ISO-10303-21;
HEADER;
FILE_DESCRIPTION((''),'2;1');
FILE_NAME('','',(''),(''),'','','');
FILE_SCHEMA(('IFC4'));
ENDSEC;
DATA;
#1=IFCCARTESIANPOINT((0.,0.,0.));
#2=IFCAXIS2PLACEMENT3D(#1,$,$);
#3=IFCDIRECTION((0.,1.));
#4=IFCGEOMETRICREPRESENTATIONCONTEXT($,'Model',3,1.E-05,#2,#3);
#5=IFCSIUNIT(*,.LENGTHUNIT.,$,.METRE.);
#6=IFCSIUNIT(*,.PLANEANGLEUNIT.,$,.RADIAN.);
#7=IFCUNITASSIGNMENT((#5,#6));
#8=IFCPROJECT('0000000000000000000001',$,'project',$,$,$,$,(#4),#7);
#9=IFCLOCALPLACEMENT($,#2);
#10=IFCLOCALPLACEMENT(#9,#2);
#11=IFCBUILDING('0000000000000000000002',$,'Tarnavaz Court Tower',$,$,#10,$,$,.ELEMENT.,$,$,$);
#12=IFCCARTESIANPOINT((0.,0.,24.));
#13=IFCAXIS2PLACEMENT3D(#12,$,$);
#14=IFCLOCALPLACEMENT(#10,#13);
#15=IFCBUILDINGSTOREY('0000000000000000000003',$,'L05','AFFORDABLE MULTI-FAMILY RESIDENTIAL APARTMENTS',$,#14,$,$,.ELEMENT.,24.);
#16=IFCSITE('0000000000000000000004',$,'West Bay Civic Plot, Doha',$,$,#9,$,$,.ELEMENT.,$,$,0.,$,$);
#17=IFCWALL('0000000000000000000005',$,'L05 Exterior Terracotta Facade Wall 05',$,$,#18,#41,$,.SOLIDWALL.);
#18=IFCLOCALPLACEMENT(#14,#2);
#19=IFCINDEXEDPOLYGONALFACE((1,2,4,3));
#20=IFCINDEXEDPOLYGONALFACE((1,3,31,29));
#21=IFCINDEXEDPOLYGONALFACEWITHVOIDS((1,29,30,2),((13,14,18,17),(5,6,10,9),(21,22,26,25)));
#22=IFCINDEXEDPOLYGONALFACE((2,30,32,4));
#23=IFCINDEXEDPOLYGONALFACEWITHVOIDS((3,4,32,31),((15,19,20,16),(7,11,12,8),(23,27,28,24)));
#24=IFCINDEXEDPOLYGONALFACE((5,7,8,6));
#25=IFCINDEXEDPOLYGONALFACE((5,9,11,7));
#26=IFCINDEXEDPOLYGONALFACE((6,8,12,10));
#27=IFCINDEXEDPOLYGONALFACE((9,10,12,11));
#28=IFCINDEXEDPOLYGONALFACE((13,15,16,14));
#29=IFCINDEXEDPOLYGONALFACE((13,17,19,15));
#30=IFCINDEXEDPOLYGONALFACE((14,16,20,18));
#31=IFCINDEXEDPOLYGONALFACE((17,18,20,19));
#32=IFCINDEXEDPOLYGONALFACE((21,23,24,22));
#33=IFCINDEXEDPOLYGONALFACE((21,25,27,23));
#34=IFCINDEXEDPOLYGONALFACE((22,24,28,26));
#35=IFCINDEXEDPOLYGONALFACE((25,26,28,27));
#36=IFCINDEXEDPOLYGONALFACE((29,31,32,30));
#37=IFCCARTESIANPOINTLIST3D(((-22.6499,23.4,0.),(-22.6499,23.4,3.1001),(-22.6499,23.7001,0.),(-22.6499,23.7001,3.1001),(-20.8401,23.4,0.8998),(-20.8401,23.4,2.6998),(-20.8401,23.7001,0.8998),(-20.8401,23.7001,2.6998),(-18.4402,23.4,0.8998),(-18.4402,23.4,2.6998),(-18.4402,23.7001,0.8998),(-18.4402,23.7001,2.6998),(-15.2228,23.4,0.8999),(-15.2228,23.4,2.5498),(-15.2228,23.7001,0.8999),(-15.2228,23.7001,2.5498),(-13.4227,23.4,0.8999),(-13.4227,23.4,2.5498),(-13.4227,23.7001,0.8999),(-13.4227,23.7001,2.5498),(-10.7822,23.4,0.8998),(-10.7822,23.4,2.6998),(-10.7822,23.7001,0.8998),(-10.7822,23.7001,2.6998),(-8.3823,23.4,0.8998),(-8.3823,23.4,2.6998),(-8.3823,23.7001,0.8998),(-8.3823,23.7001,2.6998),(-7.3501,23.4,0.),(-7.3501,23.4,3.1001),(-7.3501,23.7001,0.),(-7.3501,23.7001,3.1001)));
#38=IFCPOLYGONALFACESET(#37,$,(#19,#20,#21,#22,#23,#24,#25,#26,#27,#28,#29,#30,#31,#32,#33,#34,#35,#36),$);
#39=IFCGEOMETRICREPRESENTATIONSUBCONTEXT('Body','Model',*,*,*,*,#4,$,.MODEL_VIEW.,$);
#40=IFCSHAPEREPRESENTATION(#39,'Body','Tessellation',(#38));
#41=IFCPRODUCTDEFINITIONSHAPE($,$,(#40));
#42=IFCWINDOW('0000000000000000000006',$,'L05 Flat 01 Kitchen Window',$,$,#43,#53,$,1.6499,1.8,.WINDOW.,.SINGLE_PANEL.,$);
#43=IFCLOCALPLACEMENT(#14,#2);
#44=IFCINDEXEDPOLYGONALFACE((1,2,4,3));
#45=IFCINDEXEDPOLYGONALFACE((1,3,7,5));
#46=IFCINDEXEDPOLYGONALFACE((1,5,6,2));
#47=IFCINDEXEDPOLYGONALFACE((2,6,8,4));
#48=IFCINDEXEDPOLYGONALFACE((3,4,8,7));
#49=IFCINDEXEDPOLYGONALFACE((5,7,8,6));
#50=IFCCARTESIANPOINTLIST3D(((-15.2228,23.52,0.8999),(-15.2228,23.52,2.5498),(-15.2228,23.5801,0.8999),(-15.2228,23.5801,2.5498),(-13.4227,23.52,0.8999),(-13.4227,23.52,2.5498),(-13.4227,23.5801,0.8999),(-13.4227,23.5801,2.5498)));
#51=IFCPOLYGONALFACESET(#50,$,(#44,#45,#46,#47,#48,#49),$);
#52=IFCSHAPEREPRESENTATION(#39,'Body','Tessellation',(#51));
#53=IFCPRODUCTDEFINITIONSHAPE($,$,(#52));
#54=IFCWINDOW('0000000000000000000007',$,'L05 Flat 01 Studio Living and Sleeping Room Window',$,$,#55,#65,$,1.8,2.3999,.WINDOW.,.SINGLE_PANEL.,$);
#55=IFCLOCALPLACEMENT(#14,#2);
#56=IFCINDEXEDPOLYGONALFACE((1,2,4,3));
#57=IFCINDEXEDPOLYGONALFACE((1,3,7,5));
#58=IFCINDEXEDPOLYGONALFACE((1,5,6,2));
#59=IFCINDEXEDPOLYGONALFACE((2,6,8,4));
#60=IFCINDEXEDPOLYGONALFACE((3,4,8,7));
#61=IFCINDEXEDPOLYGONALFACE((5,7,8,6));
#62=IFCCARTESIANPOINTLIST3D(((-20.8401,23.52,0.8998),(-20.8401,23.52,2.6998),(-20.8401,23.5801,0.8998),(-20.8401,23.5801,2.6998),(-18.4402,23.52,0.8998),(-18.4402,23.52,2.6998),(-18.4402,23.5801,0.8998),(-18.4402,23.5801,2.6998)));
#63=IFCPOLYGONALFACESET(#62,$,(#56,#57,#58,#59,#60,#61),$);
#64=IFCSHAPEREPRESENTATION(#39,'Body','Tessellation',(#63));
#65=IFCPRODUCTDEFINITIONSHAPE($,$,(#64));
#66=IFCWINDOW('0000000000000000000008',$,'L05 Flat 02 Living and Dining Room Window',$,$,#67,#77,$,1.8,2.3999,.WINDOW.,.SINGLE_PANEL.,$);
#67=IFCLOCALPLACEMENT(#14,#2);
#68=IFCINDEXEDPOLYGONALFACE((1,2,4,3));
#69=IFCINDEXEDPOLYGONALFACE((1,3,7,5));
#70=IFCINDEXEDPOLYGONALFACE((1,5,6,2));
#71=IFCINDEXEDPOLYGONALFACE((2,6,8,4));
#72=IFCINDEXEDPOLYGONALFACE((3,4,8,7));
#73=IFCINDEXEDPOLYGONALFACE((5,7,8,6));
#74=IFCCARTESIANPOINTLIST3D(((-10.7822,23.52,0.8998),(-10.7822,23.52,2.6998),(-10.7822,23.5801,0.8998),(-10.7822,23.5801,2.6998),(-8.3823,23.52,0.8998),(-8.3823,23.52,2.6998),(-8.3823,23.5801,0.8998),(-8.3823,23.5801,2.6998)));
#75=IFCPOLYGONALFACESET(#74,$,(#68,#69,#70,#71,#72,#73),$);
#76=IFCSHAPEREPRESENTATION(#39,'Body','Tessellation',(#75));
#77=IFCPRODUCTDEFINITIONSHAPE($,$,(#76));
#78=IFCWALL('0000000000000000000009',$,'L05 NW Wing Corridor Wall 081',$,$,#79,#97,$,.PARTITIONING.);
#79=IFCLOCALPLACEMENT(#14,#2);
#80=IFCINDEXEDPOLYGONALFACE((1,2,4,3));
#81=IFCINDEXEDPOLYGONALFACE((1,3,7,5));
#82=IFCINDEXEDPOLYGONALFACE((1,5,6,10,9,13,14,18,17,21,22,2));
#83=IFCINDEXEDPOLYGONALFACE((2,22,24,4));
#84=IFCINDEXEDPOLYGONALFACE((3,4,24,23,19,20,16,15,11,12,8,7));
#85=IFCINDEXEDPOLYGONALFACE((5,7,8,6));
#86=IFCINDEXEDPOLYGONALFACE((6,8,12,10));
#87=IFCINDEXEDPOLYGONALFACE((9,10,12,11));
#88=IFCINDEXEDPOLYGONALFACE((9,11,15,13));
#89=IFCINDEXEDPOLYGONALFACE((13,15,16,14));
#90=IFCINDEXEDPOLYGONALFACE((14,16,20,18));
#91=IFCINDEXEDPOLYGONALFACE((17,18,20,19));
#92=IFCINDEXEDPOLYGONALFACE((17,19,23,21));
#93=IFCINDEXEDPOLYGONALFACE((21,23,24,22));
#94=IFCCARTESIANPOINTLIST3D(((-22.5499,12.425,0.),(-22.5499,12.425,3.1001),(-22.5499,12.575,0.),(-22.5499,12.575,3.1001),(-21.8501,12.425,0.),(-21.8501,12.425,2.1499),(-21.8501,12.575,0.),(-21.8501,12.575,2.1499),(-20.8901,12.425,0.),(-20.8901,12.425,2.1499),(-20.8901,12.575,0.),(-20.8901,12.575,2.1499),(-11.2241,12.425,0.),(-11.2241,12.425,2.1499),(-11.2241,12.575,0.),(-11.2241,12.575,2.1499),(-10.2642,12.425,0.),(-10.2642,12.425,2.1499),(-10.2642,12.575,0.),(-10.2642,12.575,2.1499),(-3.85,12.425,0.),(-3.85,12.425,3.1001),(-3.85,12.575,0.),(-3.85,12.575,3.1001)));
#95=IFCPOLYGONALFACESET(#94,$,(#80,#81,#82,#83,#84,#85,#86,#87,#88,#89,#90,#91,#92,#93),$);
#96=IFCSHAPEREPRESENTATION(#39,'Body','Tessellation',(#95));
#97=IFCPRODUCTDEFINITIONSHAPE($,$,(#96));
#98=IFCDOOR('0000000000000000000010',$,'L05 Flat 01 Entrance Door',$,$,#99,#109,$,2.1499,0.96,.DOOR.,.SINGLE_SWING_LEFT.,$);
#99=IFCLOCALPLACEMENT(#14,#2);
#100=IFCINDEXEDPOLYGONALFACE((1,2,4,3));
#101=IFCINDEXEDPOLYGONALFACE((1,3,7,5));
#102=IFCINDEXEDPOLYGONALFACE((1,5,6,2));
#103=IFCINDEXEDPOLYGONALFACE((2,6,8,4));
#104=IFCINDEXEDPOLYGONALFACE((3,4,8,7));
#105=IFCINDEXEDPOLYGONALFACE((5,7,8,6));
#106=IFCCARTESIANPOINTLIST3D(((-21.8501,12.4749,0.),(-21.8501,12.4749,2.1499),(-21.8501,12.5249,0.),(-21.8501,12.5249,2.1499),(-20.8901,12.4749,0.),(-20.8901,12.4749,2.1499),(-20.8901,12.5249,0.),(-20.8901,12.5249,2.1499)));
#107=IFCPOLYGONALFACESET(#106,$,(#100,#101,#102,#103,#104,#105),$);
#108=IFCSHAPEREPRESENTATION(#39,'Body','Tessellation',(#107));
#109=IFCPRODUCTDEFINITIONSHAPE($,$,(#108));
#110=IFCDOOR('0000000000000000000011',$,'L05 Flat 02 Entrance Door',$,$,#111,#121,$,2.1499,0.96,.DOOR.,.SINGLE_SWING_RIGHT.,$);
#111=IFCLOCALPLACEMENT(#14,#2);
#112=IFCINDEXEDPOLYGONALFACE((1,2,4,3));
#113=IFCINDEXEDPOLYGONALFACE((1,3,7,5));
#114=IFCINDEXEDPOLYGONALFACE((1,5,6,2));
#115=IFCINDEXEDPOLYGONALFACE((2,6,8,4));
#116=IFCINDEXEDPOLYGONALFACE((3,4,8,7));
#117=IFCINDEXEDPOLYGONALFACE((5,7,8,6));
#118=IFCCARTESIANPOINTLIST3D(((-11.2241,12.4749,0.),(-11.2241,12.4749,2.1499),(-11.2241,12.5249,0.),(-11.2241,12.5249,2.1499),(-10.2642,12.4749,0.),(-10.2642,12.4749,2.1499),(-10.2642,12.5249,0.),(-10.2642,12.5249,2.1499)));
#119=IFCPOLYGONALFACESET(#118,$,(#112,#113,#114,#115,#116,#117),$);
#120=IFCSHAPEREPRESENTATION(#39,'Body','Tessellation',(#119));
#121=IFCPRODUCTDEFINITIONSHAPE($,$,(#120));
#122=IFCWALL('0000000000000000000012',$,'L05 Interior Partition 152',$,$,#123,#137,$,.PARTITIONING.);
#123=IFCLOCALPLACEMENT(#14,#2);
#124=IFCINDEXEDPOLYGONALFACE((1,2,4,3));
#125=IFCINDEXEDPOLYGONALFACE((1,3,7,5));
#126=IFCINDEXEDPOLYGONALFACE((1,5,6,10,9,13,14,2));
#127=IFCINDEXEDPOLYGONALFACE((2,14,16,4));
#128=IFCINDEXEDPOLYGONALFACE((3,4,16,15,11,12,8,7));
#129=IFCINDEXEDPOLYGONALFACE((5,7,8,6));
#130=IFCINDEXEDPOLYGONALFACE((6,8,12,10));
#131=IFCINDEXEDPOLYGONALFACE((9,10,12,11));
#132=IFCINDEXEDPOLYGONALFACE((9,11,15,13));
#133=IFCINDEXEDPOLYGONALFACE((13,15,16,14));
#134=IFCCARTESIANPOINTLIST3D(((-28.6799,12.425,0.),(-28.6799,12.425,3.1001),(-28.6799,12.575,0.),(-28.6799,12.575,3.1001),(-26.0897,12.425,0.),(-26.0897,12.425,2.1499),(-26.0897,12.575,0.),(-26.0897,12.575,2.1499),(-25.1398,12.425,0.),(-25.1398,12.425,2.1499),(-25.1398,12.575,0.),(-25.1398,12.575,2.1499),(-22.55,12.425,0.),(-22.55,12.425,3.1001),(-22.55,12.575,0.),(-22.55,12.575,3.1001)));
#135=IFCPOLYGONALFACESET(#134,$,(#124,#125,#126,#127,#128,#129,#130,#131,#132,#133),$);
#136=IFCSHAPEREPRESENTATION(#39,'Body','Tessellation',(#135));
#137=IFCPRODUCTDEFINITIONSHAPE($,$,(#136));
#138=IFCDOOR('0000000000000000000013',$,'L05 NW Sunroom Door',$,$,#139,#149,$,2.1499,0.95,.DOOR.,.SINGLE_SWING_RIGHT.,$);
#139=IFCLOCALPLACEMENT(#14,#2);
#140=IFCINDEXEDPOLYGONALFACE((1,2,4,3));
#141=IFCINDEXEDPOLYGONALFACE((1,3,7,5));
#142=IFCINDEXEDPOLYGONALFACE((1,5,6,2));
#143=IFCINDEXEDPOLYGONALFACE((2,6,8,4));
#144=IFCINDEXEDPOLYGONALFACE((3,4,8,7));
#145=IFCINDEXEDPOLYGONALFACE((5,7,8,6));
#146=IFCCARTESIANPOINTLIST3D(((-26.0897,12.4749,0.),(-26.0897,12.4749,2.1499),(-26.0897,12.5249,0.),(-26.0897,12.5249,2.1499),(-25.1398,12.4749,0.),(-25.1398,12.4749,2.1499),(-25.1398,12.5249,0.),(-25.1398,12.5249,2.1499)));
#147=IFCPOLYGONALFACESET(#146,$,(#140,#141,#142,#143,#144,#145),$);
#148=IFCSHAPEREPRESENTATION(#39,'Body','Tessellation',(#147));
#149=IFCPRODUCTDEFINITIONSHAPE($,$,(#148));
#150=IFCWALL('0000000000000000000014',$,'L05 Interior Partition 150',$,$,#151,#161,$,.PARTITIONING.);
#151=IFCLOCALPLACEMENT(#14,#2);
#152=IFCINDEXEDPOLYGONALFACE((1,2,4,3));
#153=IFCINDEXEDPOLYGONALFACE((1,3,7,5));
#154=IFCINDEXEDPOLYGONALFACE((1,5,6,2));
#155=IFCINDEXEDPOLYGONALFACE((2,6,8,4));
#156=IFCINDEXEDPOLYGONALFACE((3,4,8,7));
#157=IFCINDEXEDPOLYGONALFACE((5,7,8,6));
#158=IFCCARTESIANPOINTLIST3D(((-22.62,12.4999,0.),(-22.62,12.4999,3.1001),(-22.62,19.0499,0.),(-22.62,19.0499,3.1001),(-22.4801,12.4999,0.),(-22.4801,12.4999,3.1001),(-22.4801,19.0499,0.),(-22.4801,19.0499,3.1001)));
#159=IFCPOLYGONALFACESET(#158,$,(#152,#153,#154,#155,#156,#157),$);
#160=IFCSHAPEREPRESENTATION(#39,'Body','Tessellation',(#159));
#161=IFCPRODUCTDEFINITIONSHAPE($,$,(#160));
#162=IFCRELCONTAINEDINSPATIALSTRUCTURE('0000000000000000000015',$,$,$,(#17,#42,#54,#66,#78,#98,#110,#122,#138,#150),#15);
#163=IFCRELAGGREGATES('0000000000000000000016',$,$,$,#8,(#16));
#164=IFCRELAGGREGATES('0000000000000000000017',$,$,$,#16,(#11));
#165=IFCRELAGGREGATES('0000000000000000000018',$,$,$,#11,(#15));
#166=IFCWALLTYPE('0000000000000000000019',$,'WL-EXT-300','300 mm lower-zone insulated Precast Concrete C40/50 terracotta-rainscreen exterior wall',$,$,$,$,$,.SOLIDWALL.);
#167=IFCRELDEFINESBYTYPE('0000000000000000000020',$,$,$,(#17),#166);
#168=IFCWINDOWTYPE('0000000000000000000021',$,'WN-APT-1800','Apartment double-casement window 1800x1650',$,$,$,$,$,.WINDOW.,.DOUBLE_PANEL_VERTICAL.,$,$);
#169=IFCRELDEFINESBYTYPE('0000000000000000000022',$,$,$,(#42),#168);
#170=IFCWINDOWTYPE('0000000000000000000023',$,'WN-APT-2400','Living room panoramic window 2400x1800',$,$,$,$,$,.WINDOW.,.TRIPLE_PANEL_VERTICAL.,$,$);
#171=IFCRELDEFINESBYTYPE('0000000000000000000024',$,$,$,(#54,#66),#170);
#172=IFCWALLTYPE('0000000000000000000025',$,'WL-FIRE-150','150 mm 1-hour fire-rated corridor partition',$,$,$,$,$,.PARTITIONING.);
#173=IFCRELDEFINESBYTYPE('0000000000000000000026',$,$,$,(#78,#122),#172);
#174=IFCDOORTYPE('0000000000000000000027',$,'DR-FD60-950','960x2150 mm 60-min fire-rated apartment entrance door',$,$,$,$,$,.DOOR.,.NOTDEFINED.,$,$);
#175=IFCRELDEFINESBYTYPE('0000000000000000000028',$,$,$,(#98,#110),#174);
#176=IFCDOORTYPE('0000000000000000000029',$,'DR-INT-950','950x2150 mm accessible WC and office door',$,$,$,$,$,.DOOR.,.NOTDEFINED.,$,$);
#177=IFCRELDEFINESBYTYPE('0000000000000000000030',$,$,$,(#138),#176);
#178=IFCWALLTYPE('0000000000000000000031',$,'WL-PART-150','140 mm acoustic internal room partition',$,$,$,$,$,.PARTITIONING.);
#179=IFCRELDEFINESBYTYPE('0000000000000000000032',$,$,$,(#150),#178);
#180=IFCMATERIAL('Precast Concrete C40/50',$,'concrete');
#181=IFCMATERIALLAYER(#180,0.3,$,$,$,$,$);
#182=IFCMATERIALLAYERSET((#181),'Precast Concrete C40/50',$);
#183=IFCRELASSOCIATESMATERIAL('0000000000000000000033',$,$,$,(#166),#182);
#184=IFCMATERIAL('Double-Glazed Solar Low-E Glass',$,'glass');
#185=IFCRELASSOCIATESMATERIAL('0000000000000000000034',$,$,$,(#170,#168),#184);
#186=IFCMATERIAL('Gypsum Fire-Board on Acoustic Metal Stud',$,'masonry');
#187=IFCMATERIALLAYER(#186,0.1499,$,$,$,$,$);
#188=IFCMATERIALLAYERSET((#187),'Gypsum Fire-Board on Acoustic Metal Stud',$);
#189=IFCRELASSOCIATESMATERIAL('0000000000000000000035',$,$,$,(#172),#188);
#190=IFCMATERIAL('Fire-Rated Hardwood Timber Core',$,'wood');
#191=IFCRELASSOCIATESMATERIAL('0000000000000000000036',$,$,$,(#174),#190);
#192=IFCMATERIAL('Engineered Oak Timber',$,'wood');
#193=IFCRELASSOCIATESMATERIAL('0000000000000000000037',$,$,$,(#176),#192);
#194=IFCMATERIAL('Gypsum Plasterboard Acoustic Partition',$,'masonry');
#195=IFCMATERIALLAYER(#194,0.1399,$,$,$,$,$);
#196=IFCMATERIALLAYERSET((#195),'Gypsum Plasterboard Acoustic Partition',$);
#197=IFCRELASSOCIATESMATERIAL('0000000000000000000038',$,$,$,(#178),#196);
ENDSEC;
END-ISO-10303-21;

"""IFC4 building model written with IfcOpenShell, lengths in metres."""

from ifc_helpers import new_model, si_unit, direction, frame, frame_2d, origin, place, context, subcontext, project, spatial, rectangle, extrude, material, layer, layer_set, type_object, element, fill, save


model = new_model("IFC4")

# Units and contexts
model_context = context("Model", 3, precision=1e-05, world=origin(), true_north=direction((0.0, 1.0)))
body_context = subcontext(model_context, "Body", "Model", "MODEL_VIEW")
ifc_project = project(units=[si_unit("LENGTHUNIT", "METRE"), si_unit("PLANEANGLEUNIT", "RADIAN")], contexts=[model_context])

# Site, building, storey
site_placement = place(None, origin())
site = spatial("IfcSite", under=ifc_project, at=site_placement, Name="West Bay Civic Plot, Doha", CompositionType="ELEMENT", RefElevation=0.0)
building_placement = place(site_placement, origin())
building = spatial("IfcBuilding", under=site, at=building_placement, Name="Tarnavaz Court Tower", CompositionType="ELEMENT")
storey_placement = place(building_placement, frame((0.0, 0.0, 24.0)))
storey = spatial("IfcBuildingStorey", under=building, at=storey_placement, Name="L05", Description="AFFORDABLE MULTI-FAMILY RESIDENTIAL APARTMENTS", CompositionType="ELEMENT", Elevation=24.0)

# Shared definitions
ifc_material_1 = material(Name="Precast Concrete C40/50", Category="concrete")
ifc_layer_1 = layer(ifc_material_1, 0.3)
ifc_layer_set_1 = layer_set([ifc_layer_1], Name="Precast Concrete C40/50")
wall_type_1 = type_object("IfcWallType", Name="WL-EXT-300", Description="300 mm lower-zone insulated Precast Concrete C40/50 terracotta-rainscreen exterior wall", PredefinedType="SOLIDWALL", material=ifc_layer_set_1)
ifc_material_2 = material(Name="Double-Glazed Solar Low-E Glass", Category="glass")
window_type_1 = type_object("IfcWindowType", Name="WN-APT-2400", Description="Living room panoramic window 2400x1800", PartitioningType="TRIPLE_PANEL_VERTICAL", PredefinedType="WINDOW", material=ifc_material_2)

# Wall, openings, windows
wall_1_placement = place(storey_placement, frame((-22.6499, 23.55, 0.0), z_axis=(0.0, 0.0, 1.0), x_axis=(1.0, 0.0, 0.0)))
wall_1 = element("IfcWall", 1, at=wall_1_placement, inside=storey, type_object=wall_type_1, Name="L05 Exterior Terracotta Facade Wall 05", PredefinedType="SOLIDWALL", context=body_context, shape_type="SweptSolid", body=[
    extrude(rectangle(XDim=15.2998, YDim=0.3, at=frame_2d((7.6499, 0.0))), origin(), (0.0, 0.0, 1.0), 3.1001),
])
opening_1_placement = place(wall_1_placement, frame((1.8098, 0.0, 0.8999)))
opening_1 = element("IfcOpeningElement", 2, at=opening_1_placement, cuts=wall_1, PredefinedType="OPENING", context=body_context, shape_type="SweptSolid", body=[
    extrude(rectangle(XDim=2.3999, YDim=1.8, at=frame_2d((1.2, 0.8999))), frame((0.0, 0.1599, 0.0), z_axis=(0.0, -1.0, 0.0), x_axis=(1.0, 0.0, 0.0)), (0.0, 0.0, 1.0), 0.3201),
])
opening_2_placement = place(wall_1_placement, frame((7.4272, 0.0, 0.8999)))
opening_2 = element("IfcOpeningElement", 3, at=opening_2_placement, cuts=wall_1, PredefinedType="OPENING", context=body_context, shape_type="SweptSolid", body=[
    extrude(rectangle(XDim=1.8, YDim=1.6499, at=frame_2d((0.8999, 0.825))), frame((0.0, 0.1599, 0.0), z_axis=(0.0, -1.0, 0.0), x_axis=(1.0, 0.0, 0.0)), (0.0, 0.0, 1.0), 0.3201),
])
opening_3_placement = place(wall_1_placement, frame((11.8677, 0.0, 0.8999)))
opening_3 = element("IfcOpeningElement", 4, at=opening_3_placement, cuts=wall_1, PredefinedType="OPENING", context=body_context, shape_type="SweptSolid", body=[
    extrude(rectangle(XDim=2.3999, YDim=1.8, at=frame_2d((1.2, 0.8999))), frame((0.0, 0.1599, 0.0), z_axis=(0.0, -1.0, 0.0), x_axis=(1.0, 0.0, 0.0)), (0.0, 0.0, 1.0), 0.3201),
])
window_type_2 = type_object("IfcWindowType", Name="WN-APT-1800", Description="Apartment double-casement window 1800x1650", PartitioningType="DOUBLE_PANEL_VERTICAL", PredefinedType="WINDOW", material=ifc_material_2)
window_1_placement = place(opening_2_placement, origin())
window_1 = element("IfcWindow", 5, at=window_1_placement, inside=storey, type_object=window_type_2, Name="L05 Flat 01 Kitchen Window", OverallHeight=1.6499, OverallWidth=1.8, PartitioningType="SINGLE_PANEL", PredefinedType="WINDOW", context=body_context, shape_type="SweptSolid", body=[
    extrude(rectangle(XDim=1.8, YDim=1.6499, at=frame_2d((0.8999, 0.825))), frame((0.0, 0.03, 0.0), z_axis=(0.0, -1.0, 0.0), x_axis=(1.0, 0.0, 0.0)), (0.0, 0.0, 1.0), 0.0601),
])
fill(opening_2, window_1)
window_2_placement = place(opening_1_placement, origin())
window_2 = element("IfcWindow", 6, at=window_2_placement, inside=storey, type_object=window_type_1, Name="L05 Flat 01 Studio Living and Sleeping Room Window", OverallHeight=1.8, OverallWidth=2.3999, PartitioningType="SINGLE_PANEL", PredefinedType="WINDOW", context=body_context, shape_type="SweptSolid", body=[
    extrude(rectangle(XDim=2.3999, YDim=1.8, at=frame_2d((1.2, 0.8999))), frame((0.0, 0.03, 0.0), z_axis=(0.0, -1.0, 0.0), x_axis=(1.0, 0.0, 0.0)), (0.0, 0.0, 1.0), 0.0601),
])
fill(opening_1, window_2)
window_3_placement = place(opening_3_placement, origin())
window_3 = element("IfcWindow", 7, at=window_3_placement, inside=storey, type_object=window_type_1, Name="L05 Flat 02 Living and Dining Room Window", OverallHeight=1.8, OverallWidth=2.3999, PartitioningType="SINGLE_PANEL", PredefinedType="WINDOW", context=body_context, shape_type="SweptSolid", body=[
    extrude(rectangle(XDim=2.3999, YDim=1.8, at=frame_2d((1.2, 0.8999))), frame((0.0, 0.03, 0.0), z_axis=(0.0, -1.0, 0.0), x_axis=(1.0, 0.0, 0.0)), (0.0, 0.0, 1.0), 0.0601),
])
fill(opening_3, window_3)

# Wall, openings, doors
ifc_material_3 = material(Name="Gypsum Fire-Board on Acoustic Metal Stud", Category="masonry")
ifc_layer_2 = layer(ifc_material_3, 0.1499)
ifc_layer_set_2 = layer_set([ifc_layer_2], Name="Gypsum Fire-Board on Acoustic Metal Stud")
wall_type_2 = type_object("IfcWallType", Name="WL-FIRE-150", Description="150 mm 1-hour fire-rated corridor partition", PredefinedType="PARTITIONING", material=ifc_layer_set_2)
wall_2_placement = place(storey_placement, frame((-22.55, 12.5, 0.0), z_axis=(0.0, 0.0, 1.0), x_axis=(1.0, 0.0, 0.0)))
wall_2 = element("IfcWall", 8, at=wall_2_placement, inside=storey, type_object=wall_type_2, Name="L05 NW Wing Corridor Wall 081", PredefinedType="PARTITIONING", context=body_context, shape_type="SweptSolid", body=[
    extrude(rectangle(XDim=18.7, YDim=0.1499, at=frame_2d((9.3501, 0.0))), origin(), (0.0, 0.0, 1.0), 3.1001),
])
opening_4_placement = place(wall_2_placement, frame((0.7, 0.0, 0.0)))
opening_4 = element("IfcOpeningElement", 9, at=opening_4_placement, cuts=wall_2, PredefinedType="OPENING", context=body_context, shape_type="SweptSolid", body=[
    extrude(rectangle(XDim=0.96, YDim=2.1499, at=frame_2d((0.48, 1.075))), frame((0.0, 0.085, 0.0), z_axis=(0.0, -1.0, 0.0), x_axis=(1.0, 0.0, 0.0)), (0.0, 0.0, 1.0), 0.1699),
])
opening_5_placement = place(wall_2_placement, frame((11.3259, 0.0, 0.0)))
opening_5 = element("IfcOpeningElement", 10, at=opening_5_placement, cuts=wall_2, PredefinedType="OPENING", context=body_context, shape_type="SweptSolid", body=[
    extrude(rectangle(XDim=0.96, YDim=2.1499, at=frame_2d((0.48, 1.075))), frame((0.0, 0.085, 0.0), z_axis=(0.0, -1.0, 0.0), x_axis=(1.0, 0.0, 0.0)), (0.0, 0.0, 1.0), 0.1699),
])
ifc_material_4 = material(Name="Fire-Rated Hardwood Timber Core", Category="wood")
door_type_1 = type_object("IfcDoorType", Name="DR-FD60-950", Description="960x2150 mm 60-min fire-rated apartment entrance door", OperationType="NOTDEFINED", PredefinedType="DOOR", material=ifc_material_4)
door_1_placement = place(opening_4_placement, origin())
door_1 = element("IfcDoor", 11, at=door_1_placement, inside=storey, type_object=door_type_1, Name="L05 Flat 01 Entrance Door", OperationType="SINGLE_SWING_LEFT", OverallHeight=2.1499, OverallWidth=0.96, PredefinedType="DOOR", context=body_context, shape_type="SweptSolid", body=[
    extrude(rectangle(XDim=0.96, YDim=2.1499, at=frame_2d((0.48, 1.075))), frame((0.0, 0.0249, 0.0), z_axis=(0.0, -1.0, 0.0), x_axis=(1.0, 0.0, 0.0)), (0.0, 0.0, 1.0), 0.05),
])
fill(opening_4, door_1)
door_2_placement = place(opening_5_placement, origin())
door_2 = element("IfcDoor", 12, at=door_2_placement, inside=storey, type_object=door_type_1, Name="L05 Flat 02 Entrance Door", OperationType="SINGLE_SWING_RIGHT", OverallHeight=2.1499, OverallWidth=0.96, PredefinedType="DOOR", context=body_context, shape_type="SweptSolid", body=[
    extrude(rectangle(XDim=0.96, YDim=2.1499, at=frame_2d((0.48, 1.075))), frame((0.0, 0.0249, 0.0), z_axis=(0.0, -1.0, 0.0), x_axis=(1.0, 0.0, 0.0)), (0.0, 0.0, 1.0), 0.05),
])
fill(opening_5, door_2)

# Wall, opening, door
wall_3_placement = place(storey_placement, frame((-28.6799, 12.5, 0.0), z_axis=(0.0, 0.0, 1.0), x_axis=(1.0, 0.0, 0.0)))
wall_3 = element("IfcWall", 13, at=wall_3_placement, inside=storey, type_object=wall_type_2, Name="L05 Interior Partition 152", PredefinedType="PARTITIONING", context=body_context, shape_type="SweptSolid", body=[
    extrude(rectangle(XDim=6.1299, YDim=0.1499, at=frame_2d((3.0649, 0.0))), origin(), (0.0, 0.0, 1.0), 3.1001),
])
opening_6_placement = place(wall_3_placement, frame((2.5901, 0.0, 0.0)))
opening_6 = element("IfcOpeningElement", 14, at=opening_6_placement, cuts=wall_3, PredefinedType="OPENING", context=body_context, shape_type="SweptSolid", body=[
    extrude(rectangle(XDim=0.95, YDim=2.1499, at=frame_2d((0.4751, 1.075))), frame((0.0, 0.085, 0.0), z_axis=(0.0, -1.0, 0.0), x_axis=(1.0, 0.0, 0.0)), (0.0, 0.0, 1.0), 0.1699),
])
ifc_material_5 = material(Name="Engineered Oak Timber", Category="wood")
door_type_2 = type_object("IfcDoorType", Name="DR-INT-950", Description="950x2150 mm accessible WC and office door", OperationType="NOTDEFINED", PredefinedType="DOOR", material=ifc_material_5)
door_3_placement = place(opening_6_placement, origin())
door_3 = element("IfcDoor", 15, at=door_3_placement, inside=storey, type_object=door_type_2, Name="L05 NW Sunroom Door", OperationType="SINGLE_SWING_RIGHT", OverallHeight=2.1499, OverallWidth=0.95, PredefinedType="DOOR", context=body_context, shape_type="SweptSolid", body=[
    extrude(rectangle(XDim=0.95, YDim=2.1499, at=frame_2d((0.4751, 1.075))), frame((0.0, 0.0249, 0.0), z_axis=(0.0, -1.0, 0.0), x_axis=(1.0, 0.0, 0.0)), (0.0, 0.0, 1.0), 0.05),
])
fill(opening_6, door_3)

# Wall
ifc_material_6 = material(Name="Gypsum Plasterboard Acoustic Partition", Category="masonry")
ifc_layer_3 = layer(ifc_material_6, 0.1399)
ifc_layer_set_3 = layer_set([ifc_layer_3], Name="Gypsum Plasterboard Acoustic Partition")
wall_type_3 = type_object("IfcWallType", Name="WL-PART-150", Description="140 mm acoustic internal room partition", PredefinedType="PARTITIONING", material=ifc_layer_set_3)
wall_4_placement = place(storey_placement, frame((-22.55, 12.5, 0.0), z_axis=(0.0, 0.0, 1.0), x_axis=(0.0, 1.0, 0.0)))
element("IfcWall", 16, at=wall_4_placement, inside=storey, type_object=wall_type_3, Name="L05 Interior Partition 150", PredefinedType="PARTITIONING", context=body_context, shape_type="SweptSolid", body=[
    extrude(rectangle(XDim=6.55, YDim=0.1399, at=frame_2d((3.2749, 0.0))), origin(), (0.0, 0.0, 1.0), 3.1001),
])

save(model, "model.ifc")
